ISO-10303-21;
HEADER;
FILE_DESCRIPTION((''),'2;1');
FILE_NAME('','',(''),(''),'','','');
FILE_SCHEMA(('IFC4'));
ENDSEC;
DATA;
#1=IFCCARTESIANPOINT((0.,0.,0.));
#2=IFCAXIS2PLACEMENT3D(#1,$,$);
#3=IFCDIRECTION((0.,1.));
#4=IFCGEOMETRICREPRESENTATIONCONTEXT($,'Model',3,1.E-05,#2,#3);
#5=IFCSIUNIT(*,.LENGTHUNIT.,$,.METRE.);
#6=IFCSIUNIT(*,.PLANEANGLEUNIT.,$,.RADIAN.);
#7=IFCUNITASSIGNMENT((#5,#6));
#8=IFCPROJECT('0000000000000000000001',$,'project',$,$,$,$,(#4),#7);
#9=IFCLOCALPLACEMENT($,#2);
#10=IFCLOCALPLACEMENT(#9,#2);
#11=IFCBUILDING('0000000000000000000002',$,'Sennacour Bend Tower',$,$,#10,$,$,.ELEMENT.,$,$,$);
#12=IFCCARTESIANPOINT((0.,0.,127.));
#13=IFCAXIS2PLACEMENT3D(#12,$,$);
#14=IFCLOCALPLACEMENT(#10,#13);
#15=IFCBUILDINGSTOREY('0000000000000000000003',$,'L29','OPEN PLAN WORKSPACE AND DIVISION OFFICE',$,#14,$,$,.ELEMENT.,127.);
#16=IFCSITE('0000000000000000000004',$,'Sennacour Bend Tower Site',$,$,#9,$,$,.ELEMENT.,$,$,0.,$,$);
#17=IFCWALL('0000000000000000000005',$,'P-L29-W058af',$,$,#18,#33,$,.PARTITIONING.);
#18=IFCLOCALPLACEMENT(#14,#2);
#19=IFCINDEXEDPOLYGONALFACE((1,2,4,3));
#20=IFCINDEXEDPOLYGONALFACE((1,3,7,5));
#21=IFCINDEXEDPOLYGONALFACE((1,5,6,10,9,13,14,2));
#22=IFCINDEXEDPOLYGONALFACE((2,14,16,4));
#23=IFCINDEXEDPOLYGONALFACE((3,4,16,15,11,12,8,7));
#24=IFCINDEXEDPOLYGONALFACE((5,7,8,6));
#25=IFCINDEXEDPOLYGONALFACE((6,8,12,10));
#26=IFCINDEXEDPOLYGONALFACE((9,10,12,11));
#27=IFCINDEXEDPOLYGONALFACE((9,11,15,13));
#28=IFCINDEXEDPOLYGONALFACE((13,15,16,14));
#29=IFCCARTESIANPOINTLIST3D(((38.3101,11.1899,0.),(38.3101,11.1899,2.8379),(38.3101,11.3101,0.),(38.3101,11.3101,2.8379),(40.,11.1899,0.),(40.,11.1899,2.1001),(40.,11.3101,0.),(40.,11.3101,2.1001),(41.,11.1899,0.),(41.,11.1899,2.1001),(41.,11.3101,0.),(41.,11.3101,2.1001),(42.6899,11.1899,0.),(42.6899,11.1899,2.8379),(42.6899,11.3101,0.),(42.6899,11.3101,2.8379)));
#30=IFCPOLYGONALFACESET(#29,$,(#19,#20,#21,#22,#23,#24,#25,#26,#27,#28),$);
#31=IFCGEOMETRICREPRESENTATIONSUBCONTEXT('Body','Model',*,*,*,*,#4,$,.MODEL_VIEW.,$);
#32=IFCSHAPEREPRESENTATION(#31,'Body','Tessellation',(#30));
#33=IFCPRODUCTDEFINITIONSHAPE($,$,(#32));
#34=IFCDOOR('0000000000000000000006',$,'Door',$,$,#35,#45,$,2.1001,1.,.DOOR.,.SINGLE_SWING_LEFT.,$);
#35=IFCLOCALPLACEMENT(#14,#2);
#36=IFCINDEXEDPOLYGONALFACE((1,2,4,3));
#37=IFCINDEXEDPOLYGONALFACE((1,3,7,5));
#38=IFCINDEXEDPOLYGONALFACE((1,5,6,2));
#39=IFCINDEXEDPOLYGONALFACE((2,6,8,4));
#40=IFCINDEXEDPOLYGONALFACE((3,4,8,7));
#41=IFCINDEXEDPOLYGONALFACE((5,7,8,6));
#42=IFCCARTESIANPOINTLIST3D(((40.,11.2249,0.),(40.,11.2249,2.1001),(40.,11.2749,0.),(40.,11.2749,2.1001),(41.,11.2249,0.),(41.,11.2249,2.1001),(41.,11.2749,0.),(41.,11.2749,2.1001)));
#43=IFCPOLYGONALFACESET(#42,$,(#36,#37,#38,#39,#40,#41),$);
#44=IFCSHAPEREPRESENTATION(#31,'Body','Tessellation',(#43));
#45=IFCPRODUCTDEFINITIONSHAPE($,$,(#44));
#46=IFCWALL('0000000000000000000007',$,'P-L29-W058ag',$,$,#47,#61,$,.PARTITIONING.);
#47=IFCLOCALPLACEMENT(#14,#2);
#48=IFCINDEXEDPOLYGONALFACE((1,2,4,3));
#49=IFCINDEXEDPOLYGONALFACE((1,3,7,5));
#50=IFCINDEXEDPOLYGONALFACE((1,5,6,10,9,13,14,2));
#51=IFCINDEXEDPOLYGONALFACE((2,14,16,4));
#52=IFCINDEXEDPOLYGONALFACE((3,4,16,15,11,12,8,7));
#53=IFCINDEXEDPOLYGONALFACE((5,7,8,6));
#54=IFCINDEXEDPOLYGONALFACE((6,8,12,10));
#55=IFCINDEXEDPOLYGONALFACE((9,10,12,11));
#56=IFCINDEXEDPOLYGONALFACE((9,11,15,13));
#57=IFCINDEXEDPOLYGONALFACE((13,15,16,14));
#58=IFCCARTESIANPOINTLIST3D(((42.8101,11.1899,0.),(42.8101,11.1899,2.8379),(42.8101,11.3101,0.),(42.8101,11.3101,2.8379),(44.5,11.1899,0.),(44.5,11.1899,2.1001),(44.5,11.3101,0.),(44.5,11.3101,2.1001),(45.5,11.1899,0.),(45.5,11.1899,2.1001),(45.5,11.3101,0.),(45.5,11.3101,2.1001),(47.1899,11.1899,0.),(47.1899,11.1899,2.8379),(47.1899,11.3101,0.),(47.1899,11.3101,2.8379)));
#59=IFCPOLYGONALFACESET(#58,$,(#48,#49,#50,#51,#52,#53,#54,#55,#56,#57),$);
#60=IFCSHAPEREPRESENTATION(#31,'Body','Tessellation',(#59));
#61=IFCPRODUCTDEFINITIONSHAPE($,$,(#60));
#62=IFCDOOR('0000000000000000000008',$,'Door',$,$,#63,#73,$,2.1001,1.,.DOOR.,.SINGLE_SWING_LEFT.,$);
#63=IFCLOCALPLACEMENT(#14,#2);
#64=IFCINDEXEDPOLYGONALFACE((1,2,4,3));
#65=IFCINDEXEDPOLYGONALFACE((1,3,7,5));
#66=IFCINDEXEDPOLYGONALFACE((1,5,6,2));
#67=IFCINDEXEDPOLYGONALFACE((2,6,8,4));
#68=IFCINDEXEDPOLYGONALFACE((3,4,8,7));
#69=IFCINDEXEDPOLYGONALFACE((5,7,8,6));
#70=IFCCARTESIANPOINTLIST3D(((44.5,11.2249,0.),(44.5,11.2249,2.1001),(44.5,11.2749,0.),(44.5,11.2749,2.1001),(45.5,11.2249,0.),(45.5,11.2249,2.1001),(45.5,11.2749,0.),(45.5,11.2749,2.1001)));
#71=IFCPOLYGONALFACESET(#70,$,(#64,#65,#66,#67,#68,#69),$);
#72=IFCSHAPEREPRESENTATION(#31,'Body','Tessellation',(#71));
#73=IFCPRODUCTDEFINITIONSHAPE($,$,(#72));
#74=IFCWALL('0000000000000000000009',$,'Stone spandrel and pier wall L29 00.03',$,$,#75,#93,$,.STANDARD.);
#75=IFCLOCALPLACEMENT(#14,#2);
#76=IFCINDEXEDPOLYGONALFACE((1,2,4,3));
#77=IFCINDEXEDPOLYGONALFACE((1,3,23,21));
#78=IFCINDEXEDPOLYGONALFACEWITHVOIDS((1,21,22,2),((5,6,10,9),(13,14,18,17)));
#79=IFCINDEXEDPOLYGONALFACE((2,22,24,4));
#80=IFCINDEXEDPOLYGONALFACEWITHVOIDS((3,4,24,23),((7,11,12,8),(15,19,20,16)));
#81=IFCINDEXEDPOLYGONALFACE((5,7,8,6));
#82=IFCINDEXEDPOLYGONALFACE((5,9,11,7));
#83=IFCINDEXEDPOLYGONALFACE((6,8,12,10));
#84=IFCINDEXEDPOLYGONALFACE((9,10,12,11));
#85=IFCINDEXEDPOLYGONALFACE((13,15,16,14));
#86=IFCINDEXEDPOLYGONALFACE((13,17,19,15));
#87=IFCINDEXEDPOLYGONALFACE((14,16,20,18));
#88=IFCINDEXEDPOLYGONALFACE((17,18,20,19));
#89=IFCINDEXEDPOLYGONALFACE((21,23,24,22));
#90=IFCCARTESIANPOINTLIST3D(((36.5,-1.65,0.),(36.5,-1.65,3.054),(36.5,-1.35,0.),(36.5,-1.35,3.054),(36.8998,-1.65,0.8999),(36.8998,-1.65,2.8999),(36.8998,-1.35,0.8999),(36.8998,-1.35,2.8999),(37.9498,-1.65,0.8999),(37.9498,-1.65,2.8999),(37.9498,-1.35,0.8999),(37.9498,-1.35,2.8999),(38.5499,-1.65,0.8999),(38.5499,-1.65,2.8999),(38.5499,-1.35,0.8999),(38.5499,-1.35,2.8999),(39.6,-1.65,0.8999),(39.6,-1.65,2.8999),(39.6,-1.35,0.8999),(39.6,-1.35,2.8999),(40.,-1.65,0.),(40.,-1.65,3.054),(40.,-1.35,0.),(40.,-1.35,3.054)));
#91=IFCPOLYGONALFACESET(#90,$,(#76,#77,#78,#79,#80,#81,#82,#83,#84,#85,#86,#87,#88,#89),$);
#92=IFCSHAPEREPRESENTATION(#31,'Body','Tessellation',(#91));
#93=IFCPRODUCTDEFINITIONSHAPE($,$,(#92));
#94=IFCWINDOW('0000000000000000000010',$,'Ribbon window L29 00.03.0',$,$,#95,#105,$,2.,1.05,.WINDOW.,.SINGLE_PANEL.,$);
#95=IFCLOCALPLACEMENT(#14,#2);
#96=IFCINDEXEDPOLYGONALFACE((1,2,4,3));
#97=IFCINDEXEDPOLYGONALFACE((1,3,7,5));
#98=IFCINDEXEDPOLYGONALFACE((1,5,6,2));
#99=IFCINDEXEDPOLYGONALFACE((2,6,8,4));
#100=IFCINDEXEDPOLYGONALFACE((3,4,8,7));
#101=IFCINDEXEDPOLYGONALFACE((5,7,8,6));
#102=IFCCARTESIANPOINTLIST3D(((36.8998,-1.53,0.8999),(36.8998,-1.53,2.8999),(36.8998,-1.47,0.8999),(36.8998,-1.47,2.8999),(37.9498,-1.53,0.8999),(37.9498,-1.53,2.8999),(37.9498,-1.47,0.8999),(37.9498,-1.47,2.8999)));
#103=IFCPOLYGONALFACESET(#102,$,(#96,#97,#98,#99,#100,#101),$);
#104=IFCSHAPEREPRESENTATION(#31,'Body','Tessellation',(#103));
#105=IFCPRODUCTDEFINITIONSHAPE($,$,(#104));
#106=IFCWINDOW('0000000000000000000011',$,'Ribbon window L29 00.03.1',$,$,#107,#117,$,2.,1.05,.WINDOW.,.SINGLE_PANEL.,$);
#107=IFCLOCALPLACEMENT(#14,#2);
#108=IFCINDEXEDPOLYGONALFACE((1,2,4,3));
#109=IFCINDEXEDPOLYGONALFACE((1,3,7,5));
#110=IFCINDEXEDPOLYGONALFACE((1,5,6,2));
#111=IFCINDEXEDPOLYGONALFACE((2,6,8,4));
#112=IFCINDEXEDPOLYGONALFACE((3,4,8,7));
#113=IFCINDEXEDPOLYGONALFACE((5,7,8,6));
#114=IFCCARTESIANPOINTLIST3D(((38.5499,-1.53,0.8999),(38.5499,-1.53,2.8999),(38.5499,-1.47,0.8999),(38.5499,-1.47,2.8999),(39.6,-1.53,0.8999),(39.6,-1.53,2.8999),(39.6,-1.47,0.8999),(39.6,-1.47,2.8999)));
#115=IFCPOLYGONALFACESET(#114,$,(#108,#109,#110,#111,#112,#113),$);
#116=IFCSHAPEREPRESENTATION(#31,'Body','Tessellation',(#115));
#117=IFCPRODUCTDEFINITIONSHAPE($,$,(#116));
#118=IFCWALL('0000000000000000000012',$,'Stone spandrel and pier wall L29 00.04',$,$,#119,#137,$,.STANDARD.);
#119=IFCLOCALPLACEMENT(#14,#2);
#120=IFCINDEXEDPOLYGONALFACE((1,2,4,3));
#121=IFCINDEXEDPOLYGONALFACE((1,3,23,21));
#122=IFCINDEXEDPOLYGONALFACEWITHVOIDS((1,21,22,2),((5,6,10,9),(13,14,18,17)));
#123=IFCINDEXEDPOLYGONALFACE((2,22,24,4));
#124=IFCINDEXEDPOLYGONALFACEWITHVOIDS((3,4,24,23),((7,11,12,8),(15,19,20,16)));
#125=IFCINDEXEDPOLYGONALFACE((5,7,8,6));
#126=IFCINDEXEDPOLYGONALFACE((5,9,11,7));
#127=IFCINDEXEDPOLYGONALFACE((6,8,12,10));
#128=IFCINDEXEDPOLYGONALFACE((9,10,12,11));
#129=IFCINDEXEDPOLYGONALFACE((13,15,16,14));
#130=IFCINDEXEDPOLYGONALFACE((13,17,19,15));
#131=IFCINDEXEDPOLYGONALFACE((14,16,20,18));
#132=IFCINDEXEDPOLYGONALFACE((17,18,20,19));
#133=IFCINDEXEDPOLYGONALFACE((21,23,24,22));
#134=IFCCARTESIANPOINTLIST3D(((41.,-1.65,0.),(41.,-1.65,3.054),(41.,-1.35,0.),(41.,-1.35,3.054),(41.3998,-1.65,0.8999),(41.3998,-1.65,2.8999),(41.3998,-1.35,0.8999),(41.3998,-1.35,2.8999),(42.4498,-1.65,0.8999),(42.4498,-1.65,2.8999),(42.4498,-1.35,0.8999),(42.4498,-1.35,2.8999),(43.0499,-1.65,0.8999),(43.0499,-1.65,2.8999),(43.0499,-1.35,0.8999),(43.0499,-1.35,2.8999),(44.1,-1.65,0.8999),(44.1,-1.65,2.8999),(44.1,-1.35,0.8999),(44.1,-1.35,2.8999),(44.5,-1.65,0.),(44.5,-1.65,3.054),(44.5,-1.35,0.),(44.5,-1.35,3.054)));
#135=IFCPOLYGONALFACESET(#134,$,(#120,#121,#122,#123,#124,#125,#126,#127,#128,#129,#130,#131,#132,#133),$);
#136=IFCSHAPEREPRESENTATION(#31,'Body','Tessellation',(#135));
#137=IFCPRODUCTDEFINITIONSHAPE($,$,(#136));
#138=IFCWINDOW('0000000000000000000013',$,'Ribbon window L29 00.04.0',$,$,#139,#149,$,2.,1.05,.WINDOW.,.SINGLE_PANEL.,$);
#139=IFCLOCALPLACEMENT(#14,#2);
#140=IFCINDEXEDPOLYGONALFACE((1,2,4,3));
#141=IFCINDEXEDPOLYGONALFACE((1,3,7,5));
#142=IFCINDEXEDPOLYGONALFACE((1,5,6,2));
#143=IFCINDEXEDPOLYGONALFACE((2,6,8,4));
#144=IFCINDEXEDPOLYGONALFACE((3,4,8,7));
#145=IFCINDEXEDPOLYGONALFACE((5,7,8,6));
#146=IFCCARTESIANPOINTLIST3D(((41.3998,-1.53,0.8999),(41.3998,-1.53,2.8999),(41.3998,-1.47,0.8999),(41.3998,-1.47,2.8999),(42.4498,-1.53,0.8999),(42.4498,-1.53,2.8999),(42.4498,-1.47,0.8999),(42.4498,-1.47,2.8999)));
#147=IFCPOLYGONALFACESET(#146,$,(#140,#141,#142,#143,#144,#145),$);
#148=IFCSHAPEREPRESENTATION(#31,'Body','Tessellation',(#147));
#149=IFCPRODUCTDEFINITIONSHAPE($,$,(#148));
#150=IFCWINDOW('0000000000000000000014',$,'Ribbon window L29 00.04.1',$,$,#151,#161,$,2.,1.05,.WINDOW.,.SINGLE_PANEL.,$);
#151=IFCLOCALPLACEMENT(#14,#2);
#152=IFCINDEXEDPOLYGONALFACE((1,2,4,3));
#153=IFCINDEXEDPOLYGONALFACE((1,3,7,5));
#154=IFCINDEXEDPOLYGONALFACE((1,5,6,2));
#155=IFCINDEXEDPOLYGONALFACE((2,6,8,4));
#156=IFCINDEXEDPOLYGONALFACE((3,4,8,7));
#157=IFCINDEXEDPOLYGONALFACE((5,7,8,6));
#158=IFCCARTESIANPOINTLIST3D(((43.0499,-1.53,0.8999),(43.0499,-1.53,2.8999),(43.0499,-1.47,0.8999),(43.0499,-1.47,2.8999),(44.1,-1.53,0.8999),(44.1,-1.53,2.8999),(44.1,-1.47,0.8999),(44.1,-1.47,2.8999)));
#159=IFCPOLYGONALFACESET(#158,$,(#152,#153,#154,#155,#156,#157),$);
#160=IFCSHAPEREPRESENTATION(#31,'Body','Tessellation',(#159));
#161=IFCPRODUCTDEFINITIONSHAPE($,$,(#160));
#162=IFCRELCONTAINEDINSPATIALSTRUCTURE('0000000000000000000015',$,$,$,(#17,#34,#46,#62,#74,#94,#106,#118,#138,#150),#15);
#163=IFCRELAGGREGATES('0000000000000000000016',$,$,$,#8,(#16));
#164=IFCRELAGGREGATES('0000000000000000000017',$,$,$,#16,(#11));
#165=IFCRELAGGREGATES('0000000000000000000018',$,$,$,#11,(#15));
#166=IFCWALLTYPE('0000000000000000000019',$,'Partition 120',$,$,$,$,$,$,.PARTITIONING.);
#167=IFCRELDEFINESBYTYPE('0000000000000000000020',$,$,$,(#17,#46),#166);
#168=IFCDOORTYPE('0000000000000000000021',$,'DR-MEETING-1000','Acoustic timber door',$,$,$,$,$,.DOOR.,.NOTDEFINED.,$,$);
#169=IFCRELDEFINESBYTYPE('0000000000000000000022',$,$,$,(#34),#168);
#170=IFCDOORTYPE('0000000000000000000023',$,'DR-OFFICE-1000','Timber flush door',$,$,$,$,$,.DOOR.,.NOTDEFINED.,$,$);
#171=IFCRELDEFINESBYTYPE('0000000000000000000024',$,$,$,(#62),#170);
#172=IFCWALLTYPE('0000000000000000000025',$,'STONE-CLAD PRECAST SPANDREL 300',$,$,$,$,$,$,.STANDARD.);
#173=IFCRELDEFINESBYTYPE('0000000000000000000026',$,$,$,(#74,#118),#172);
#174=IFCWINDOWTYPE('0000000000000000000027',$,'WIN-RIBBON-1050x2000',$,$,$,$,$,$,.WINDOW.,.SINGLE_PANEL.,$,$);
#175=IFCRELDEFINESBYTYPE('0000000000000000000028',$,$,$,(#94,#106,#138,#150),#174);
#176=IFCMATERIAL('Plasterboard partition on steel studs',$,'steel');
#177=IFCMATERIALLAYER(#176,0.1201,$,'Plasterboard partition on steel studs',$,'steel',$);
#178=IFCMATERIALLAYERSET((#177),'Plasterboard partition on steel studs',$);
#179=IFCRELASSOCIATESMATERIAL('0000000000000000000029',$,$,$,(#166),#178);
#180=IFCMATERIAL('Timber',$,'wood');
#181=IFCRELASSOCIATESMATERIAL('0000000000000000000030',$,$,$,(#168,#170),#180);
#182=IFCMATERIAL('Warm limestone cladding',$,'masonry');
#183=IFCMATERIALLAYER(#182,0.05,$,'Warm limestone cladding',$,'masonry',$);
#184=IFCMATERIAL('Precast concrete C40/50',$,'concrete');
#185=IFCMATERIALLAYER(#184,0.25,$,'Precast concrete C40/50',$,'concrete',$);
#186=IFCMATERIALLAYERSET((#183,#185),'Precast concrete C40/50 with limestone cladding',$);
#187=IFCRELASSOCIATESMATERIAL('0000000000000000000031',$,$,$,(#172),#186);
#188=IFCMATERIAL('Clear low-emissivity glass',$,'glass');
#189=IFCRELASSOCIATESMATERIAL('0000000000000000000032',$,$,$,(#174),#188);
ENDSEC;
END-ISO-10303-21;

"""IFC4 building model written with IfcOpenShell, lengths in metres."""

from ifc_helpers import new_model, si_unit, direction, frame, frame_2d, origin, place, context, subcontext, project, spatial, rectangle, extrude, material, layer, layer_set, type_object, element, fill, save


model = new_model("IFC4")

# Units and contexts
model_context = context("Model", 3, precision=1e-05, world=origin(), true_north=direction((0.0, 1.0)))
body_context = subcontext(model_context, "Body", "Model", "MODEL_VIEW")
ifc_project = project(units=[si_unit("LENGTHUNIT", "METRE"), si_unit("PLANEANGLEUNIT", "RADIAN")], contexts=[model_context])

# Site, building, storey
site_placement = place(None, origin())
site = spatial("IfcSite", under=ifc_project, at=site_placement, Name="Sennacour Bend Tower Site", CompositionType="ELEMENT", RefElevation=0.0)
building_placement = place(site_placement, origin())
building = spatial("IfcBuilding", under=site, at=building_placement, Name="Sennacour Bend Tower", CompositionType="ELEMENT")
storey_placement = place(building_placement, frame((0.0, 0.0, 127.0)))
storey = spatial("IfcBuildingStorey", under=building, at=storey_placement, Name="L29", Description="OPEN PLAN WORKSPACE AND DIVISION OFFICE", CompositionType="ELEMENT", Elevation=127.0)

# Shared definitions
ifc_material_1 = material(Name="Plasterboard partition on steel studs", Category="steel")
ifc_layer_1 = layer(ifc_material_1, 0.1201, Name="Plasterboard partition on steel studs", Category="steel")
ifc_layer_set_1 = layer_set([ifc_layer_1], Name="Plasterboard partition on steel studs")
wall_type_1 = type_object("IfcWallType", Name="Partition 120", PredefinedType="PARTITIONING", material=ifc_layer_set_1)

# Walls, openings, doors
wall_1_placement = place(storey_placement, frame((38.3101, 11.25, 0.0), z_axis=(0.0, 0.0, 1.0), x_axis=(1.0, 0.0, 0.0)))
wall_1 = element("IfcWall", 1, at=wall_1_placement, inside=storey, type_object=wall_type_1, Name="P-L29-W058af", PredefinedType="PARTITIONING", context=body_context, shape_type="SweptSolid", body=[
    extrude(rectangle(XDim=4.3799, YDim=0.1201, at=frame_2d((2.1899, 0.0))), origin(), (0.0, 0.0, 1.0), 2.8379),
])
opening_1_placement = place(wall_1_placement, frame((1.6899, 0.0, 0.0)))
opening_1 = element("IfcOpeningElement", 2, at=opening_1_placement, cuts=wall_1, PredefinedType="OPENING", context=body_context, shape_type="SweptSolid", body=[
    extrude(rectangle(XDim=1.0, YDim=2.1001, at=frame_2d((0.5, 1.05))), frame((0.0, 0.0701, 0.0), z_axis=(0.0, -1.0, 0.0), x_axis=(1.0, 0.0, 0.0)), (0.0, 0.0, 1.0), 0.1401),
])
ifc_material_2 = material(Name="Timber", Category="wood")
door_type_1 = type_object("IfcDoorType", Name="DR-MEETING-1000", Description="Acoustic timber door", OperationType="NOTDEFINED", PredefinedType="DOOR", material=ifc_material_2)
door_1_placement = place(opening_1_placement, origin())
door_1 = element("IfcDoor", 3, at=door_1_placement, inside=storey, type_object=door_type_1, Name="Door", OperationType="SINGLE_SWING_LEFT", OverallHeight=2.1001, OverallWidth=1.0, PredefinedType="DOOR", context=body_context, shape_type="SweptSolid", body=[
    extrude(rectangle(XDim=1.0, YDim=2.1001, at=frame_2d((0.5, 1.05))), frame((0.0, 0.0249, 0.0), z_axis=(0.0, -1.0, 0.0), x_axis=(1.0, 0.0, 0.0)), (0.0, 0.0, 1.0), 0.05),
])
fill(opening_1, door_1)
wall_2_placement = place(storey_placement, frame((42.8101, 11.25, 0.0), z_axis=(0.0, 0.0, 1.0), x_axis=(1.0, 0.0, 0.0)))
wall_2 = element("IfcWall", 4, at=wall_2_placement, inside=storey, type_object=wall_type_1, Name="P-L29-W058ag", PredefinedType="PARTITIONING", context=body_context, shape_type="SweptSolid", body=[
    extrude(rectangle(XDim=4.3799, YDim=0.1201, at=frame_2d((2.1899, 0.0))), origin(), (0.0, 0.0, 1.0), 2.8379),
])
opening_2_placement = place(wall_2_placement, frame((1.6899, 0.0, 0.0)))
opening_2 = element("IfcOpeningElement", 5, at=opening_2_placement, cuts=wall_2, PredefinedType="OPENING", context=body_context, shape_type="SweptSolid", body=[
    extrude(rectangle(XDim=1.0, YDim=2.1001, at=frame_2d((0.5, 1.05))), frame((0.0, 0.0701, 0.0), z_axis=(0.0, -1.0, 0.0), x_axis=(1.0, 0.0, 0.0)), (0.0, 0.0, 1.0), 0.1401),
])
door_type_2 = type_object("IfcDoorType", Name="DR-OFFICE-1000", Description="Timber flush door", OperationType="NOTDEFINED", PredefinedType="DOOR", material=ifc_material_2)
door_2_placement = place(opening_2_placement, origin())
door_2 = element("IfcDoor", 6, at=door_2_placement, inside=storey, type_object=door_type_2, Name="Door", OperationType="SINGLE_SWING_LEFT", OverallHeight=2.1001, OverallWidth=1.0, PredefinedType="DOOR", context=body_context, shape_type="SweptSolid", body=[
    extrude(rectangle(XDim=1.0, YDim=2.1001, at=frame_2d((0.5, 1.05))), frame((0.0, 0.0249, 0.0), z_axis=(0.0, -1.0, 0.0), x_axis=(1.0, 0.0, 0.0)), (0.0, 0.0, 1.0), 0.05),
])
fill(opening_2, door_2)

# Walls, openings, windows
ifc_material_3 = material(Name="Warm limestone cladding", Category="masonry")
ifc_layer_2 = layer(ifc_material_3, 0.05, Name="Warm limestone cladding", Category="masonry")
ifc_material_4 = material(Name="Precast concrete C40/50", Category="concrete")
ifc_layer_3 = layer(ifc_material_4, 0.25, Name="Precast concrete C40/50", Category="concrete")
ifc_layer_set_2 = layer_set([ifc_layer_2, ifc_layer_3], Name="Precast concrete C40/50 with limestone cladding")
wall_type_2 = type_object("IfcWallType", Name="STONE-CLAD PRECAST SPANDREL 300", PredefinedType="STANDARD", material=ifc_layer_set_2)
wall_3_placement = place(storey_placement, frame((36.5, -1.5, 0.0), z_axis=(0.0, 0.0, 1.0), x_axis=(1.0, 0.0, 0.0)))
wall_3 = element("IfcWall", 7, at=wall_3_placement, inside=storey, type_object=wall_type_2, Name="Stone spandrel and pier wall L29 00.03", PredefinedType="STANDARD", context=body_context, shape_type="SweptSolid", body=[
    extrude(rectangle(XDim=3.5, YDim=0.3, at=frame_2d((1.75, 0.0))), origin(), (0.0, 0.0, 1.0), 3.054),
])
opening_3_placement = place(wall_3_placement, frame((0.3999, 0.0, 0.8999)))
opening_3 = element("IfcOpeningElement", 8, at=opening_3_placement, cuts=wall_3, PredefinedType="OPENING", context=body_context, shape_type="SweptSolid", body=[
    extrude(rectangle(XDim=1.05, YDim=2.0, at=frame_2d((0.5249, 1.0))), frame((0.0, 0.1602, 0.0), z_axis=(0.0, -1.0, 0.0), x_axis=(1.0, 0.0, 0.0)), (0.0, 0.0, 1.0), 0.3201),
])
opening_4_placement = place(wall_3_placement, frame((2.05, 0.0, 0.8999)))
opening_4 = element("IfcOpeningElement", 9, at=opening_4_placement, cuts=wall_3, PredefinedType="OPENING", context=body_context, shape_type="SweptSolid", body=[
    extrude(rectangle(XDim=1.05, YDim=2.0, at=frame_2d((0.5249, 1.0))), frame((0.0, 0.1602, 0.0), z_axis=(0.0, -1.0, 0.0), x_axis=(1.0, 0.0, 0.0)), (0.0, 0.0, 1.0), 0.3201),
])
ifc_material_5 = material(Name="Clear low-emissivity glass", Category="glass")
window_type = type_object("IfcWindowType", Name="WIN-RIBBON-1050x2000", PartitioningType="SINGLE_PANEL", PredefinedType="WINDOW", material=ifc_material_5)
window_1_placement = place(opening_3_placement, origin())
window_1 = element("IfcWindow", 10, at=window_1_placement, inside=storey, type_object=window_type, Name="Ribbon window L29 00.03.0", OverallHeight=2.0, OverallWidth=1.05, PartitioningType="SINGLE_PANEL", PredefinedType="WINDOW", context=body_context, shape_type="SweptSolid", body=[
    extrude(rectangle(XDim=1.05, YDim=2.0, at=frame_2d((0.5249, 1.0))), frame((0.0, 0.03, 0.0), z_axis=(0.0, -1.0, 0.0), x_axis=(1.0, 0.0, 0.0)), (0.0, 0.0, 1.0), 0.0601),
])
fill(opening_3, window_1)
window_2_placement = place(opening_4_placement, origin())
window_2 = element("IfcWindow", 11, at=window_2_placement, inside=storey, type_object=window_type, Name="Ribbon window L29 00.03.1", OverallHeight=2.0, OverallWidth=1.05, PartitioningType="SINGLE_PANEL", PredefinedType="WINDOW", context=body_context, shape_type="SweptSolid", body=[
    extrude(rectangle(XDim=1.05, YDim=2.0, at=frame_2d((0.5249, 1.0))), frame((0.0, 0.03, 0.0), z_axis=(0.0, -1.0, 0.0), x_axis=(1.0, 0.0, 0.0)), (0.0, 0.0, 1.0), 0.0601),
])
fill(opening_4, window_2)
wall_4_placement = place(storey_placement, frame((41.0, -1.5, 0.0), z_axis=(0.0, 0.0, 1.0), x_axis=(1.0, 0.0, 0.0)))
wall_4 = element("IfcWall", 12, at=wall_4_placement, inside=storey, type_object=wall_type_2, Name="Stone spandrel and pier wall L29 00.04", PredefinedType="STANDARD", context=body_context, shape_type="SweptSolid", body=[
    extrude(rectangle(XDim=3.5, YDim=0.3, at=frame_2d((1.75, 0.0))), origin(), (0.0, 0.0, 1.0), 3.054),
])
opening_5_placement = place(wall_4_placement, frame((0.3999, 0.0, 0.8999)))
opening_5 = element("IfcOpeningElement", 13, at=opening_5_placement, cuts=wall_4, PredefinedType="OPENING", context=body_context, shape_type="SweptSolid", body=[
    extrude(rectangle(XDim=1.05, YDim=2.0, at=frame_2d((0.5249, 1.0))), frame((0.0, 0.1602, 0.0), z_axis=(0.0, -1.0, 0.0), x_axis=(1.0, 0.0, 0.0)), (0.0, 0.0, 1.0), 0.3201),
])
opening_6_placement = place(wall_4_placement, frame((2.05, 0.0, 0.8999)))
opening_6 = element("IfcOpeningElement", 14, at=opening_6_placement, cuts=wall_4, PredefinedType="OPENING", context=body_context, shape_type="SweptSolid", body=[
    extrude(rectangle(XDim=1.05, YDim=2.0, at=frame_2d((0.5249, 1.0))), frame((0.0, 0.1602, 0.0), z_axis=(0.0, -1.0, 0.0), x_axis=(1.0, 0.0, 0.0)), (0.0, 0.0, 1.0), 0.3201),
])
window_3_placement = place(opening_5_placement, origin())
window_3 = element("IfcWindow", 15, at=window_3_placement, inside=storey, type_object=window_type, Name="Ribbon window L29 00.04.0", OverallHeight=2.0, OverallWidth=1.05, PartitioningType="SINGLE_PANEL", PredefinedType="WINDOW", context=body_context, shape_type="SweptSolid", body=[
    extrude(rectangle(XDim=1.05, YDim=2.0, at=frame_2d((0.5249, 1.0))), frame((0.0, 0.03, 0.0), z_axis=(0.0, -1.0, 0.0), x_axis=(1.0, 0.0, 0.0)), (0.0, 0.0, 1.0), 0.0601),
])
fill(opening_5, window_3)
window_4_placement = place(opening_6_placement, origin())
window_4 = element("IfcWindow", 16, at=window_4_placement, inside=storey, type_object=window_type, Name="Ribbon window L29 00.04.1", OverallHeight=2.0, OverallWidth=1.05, PartitioningType="SINGLE_PANEL", PredefinedType="WINDOW", context=body_context, shape_type="SweptSolid", body=[
    extrude(rectangle(XDim=1.05, YDim=2.0, at=frame_2d((0.5249, 1.0))), frame((0.0, 0.03, 0.0), z_axis=(0.0, -1.0, 0.0), x_axis=(1.0, 0.0, 0.0)), (0.0, 0.0, 1.0), 0.0601),
])
fill(opening_6, window_4)

save(model, "model.ifc")
